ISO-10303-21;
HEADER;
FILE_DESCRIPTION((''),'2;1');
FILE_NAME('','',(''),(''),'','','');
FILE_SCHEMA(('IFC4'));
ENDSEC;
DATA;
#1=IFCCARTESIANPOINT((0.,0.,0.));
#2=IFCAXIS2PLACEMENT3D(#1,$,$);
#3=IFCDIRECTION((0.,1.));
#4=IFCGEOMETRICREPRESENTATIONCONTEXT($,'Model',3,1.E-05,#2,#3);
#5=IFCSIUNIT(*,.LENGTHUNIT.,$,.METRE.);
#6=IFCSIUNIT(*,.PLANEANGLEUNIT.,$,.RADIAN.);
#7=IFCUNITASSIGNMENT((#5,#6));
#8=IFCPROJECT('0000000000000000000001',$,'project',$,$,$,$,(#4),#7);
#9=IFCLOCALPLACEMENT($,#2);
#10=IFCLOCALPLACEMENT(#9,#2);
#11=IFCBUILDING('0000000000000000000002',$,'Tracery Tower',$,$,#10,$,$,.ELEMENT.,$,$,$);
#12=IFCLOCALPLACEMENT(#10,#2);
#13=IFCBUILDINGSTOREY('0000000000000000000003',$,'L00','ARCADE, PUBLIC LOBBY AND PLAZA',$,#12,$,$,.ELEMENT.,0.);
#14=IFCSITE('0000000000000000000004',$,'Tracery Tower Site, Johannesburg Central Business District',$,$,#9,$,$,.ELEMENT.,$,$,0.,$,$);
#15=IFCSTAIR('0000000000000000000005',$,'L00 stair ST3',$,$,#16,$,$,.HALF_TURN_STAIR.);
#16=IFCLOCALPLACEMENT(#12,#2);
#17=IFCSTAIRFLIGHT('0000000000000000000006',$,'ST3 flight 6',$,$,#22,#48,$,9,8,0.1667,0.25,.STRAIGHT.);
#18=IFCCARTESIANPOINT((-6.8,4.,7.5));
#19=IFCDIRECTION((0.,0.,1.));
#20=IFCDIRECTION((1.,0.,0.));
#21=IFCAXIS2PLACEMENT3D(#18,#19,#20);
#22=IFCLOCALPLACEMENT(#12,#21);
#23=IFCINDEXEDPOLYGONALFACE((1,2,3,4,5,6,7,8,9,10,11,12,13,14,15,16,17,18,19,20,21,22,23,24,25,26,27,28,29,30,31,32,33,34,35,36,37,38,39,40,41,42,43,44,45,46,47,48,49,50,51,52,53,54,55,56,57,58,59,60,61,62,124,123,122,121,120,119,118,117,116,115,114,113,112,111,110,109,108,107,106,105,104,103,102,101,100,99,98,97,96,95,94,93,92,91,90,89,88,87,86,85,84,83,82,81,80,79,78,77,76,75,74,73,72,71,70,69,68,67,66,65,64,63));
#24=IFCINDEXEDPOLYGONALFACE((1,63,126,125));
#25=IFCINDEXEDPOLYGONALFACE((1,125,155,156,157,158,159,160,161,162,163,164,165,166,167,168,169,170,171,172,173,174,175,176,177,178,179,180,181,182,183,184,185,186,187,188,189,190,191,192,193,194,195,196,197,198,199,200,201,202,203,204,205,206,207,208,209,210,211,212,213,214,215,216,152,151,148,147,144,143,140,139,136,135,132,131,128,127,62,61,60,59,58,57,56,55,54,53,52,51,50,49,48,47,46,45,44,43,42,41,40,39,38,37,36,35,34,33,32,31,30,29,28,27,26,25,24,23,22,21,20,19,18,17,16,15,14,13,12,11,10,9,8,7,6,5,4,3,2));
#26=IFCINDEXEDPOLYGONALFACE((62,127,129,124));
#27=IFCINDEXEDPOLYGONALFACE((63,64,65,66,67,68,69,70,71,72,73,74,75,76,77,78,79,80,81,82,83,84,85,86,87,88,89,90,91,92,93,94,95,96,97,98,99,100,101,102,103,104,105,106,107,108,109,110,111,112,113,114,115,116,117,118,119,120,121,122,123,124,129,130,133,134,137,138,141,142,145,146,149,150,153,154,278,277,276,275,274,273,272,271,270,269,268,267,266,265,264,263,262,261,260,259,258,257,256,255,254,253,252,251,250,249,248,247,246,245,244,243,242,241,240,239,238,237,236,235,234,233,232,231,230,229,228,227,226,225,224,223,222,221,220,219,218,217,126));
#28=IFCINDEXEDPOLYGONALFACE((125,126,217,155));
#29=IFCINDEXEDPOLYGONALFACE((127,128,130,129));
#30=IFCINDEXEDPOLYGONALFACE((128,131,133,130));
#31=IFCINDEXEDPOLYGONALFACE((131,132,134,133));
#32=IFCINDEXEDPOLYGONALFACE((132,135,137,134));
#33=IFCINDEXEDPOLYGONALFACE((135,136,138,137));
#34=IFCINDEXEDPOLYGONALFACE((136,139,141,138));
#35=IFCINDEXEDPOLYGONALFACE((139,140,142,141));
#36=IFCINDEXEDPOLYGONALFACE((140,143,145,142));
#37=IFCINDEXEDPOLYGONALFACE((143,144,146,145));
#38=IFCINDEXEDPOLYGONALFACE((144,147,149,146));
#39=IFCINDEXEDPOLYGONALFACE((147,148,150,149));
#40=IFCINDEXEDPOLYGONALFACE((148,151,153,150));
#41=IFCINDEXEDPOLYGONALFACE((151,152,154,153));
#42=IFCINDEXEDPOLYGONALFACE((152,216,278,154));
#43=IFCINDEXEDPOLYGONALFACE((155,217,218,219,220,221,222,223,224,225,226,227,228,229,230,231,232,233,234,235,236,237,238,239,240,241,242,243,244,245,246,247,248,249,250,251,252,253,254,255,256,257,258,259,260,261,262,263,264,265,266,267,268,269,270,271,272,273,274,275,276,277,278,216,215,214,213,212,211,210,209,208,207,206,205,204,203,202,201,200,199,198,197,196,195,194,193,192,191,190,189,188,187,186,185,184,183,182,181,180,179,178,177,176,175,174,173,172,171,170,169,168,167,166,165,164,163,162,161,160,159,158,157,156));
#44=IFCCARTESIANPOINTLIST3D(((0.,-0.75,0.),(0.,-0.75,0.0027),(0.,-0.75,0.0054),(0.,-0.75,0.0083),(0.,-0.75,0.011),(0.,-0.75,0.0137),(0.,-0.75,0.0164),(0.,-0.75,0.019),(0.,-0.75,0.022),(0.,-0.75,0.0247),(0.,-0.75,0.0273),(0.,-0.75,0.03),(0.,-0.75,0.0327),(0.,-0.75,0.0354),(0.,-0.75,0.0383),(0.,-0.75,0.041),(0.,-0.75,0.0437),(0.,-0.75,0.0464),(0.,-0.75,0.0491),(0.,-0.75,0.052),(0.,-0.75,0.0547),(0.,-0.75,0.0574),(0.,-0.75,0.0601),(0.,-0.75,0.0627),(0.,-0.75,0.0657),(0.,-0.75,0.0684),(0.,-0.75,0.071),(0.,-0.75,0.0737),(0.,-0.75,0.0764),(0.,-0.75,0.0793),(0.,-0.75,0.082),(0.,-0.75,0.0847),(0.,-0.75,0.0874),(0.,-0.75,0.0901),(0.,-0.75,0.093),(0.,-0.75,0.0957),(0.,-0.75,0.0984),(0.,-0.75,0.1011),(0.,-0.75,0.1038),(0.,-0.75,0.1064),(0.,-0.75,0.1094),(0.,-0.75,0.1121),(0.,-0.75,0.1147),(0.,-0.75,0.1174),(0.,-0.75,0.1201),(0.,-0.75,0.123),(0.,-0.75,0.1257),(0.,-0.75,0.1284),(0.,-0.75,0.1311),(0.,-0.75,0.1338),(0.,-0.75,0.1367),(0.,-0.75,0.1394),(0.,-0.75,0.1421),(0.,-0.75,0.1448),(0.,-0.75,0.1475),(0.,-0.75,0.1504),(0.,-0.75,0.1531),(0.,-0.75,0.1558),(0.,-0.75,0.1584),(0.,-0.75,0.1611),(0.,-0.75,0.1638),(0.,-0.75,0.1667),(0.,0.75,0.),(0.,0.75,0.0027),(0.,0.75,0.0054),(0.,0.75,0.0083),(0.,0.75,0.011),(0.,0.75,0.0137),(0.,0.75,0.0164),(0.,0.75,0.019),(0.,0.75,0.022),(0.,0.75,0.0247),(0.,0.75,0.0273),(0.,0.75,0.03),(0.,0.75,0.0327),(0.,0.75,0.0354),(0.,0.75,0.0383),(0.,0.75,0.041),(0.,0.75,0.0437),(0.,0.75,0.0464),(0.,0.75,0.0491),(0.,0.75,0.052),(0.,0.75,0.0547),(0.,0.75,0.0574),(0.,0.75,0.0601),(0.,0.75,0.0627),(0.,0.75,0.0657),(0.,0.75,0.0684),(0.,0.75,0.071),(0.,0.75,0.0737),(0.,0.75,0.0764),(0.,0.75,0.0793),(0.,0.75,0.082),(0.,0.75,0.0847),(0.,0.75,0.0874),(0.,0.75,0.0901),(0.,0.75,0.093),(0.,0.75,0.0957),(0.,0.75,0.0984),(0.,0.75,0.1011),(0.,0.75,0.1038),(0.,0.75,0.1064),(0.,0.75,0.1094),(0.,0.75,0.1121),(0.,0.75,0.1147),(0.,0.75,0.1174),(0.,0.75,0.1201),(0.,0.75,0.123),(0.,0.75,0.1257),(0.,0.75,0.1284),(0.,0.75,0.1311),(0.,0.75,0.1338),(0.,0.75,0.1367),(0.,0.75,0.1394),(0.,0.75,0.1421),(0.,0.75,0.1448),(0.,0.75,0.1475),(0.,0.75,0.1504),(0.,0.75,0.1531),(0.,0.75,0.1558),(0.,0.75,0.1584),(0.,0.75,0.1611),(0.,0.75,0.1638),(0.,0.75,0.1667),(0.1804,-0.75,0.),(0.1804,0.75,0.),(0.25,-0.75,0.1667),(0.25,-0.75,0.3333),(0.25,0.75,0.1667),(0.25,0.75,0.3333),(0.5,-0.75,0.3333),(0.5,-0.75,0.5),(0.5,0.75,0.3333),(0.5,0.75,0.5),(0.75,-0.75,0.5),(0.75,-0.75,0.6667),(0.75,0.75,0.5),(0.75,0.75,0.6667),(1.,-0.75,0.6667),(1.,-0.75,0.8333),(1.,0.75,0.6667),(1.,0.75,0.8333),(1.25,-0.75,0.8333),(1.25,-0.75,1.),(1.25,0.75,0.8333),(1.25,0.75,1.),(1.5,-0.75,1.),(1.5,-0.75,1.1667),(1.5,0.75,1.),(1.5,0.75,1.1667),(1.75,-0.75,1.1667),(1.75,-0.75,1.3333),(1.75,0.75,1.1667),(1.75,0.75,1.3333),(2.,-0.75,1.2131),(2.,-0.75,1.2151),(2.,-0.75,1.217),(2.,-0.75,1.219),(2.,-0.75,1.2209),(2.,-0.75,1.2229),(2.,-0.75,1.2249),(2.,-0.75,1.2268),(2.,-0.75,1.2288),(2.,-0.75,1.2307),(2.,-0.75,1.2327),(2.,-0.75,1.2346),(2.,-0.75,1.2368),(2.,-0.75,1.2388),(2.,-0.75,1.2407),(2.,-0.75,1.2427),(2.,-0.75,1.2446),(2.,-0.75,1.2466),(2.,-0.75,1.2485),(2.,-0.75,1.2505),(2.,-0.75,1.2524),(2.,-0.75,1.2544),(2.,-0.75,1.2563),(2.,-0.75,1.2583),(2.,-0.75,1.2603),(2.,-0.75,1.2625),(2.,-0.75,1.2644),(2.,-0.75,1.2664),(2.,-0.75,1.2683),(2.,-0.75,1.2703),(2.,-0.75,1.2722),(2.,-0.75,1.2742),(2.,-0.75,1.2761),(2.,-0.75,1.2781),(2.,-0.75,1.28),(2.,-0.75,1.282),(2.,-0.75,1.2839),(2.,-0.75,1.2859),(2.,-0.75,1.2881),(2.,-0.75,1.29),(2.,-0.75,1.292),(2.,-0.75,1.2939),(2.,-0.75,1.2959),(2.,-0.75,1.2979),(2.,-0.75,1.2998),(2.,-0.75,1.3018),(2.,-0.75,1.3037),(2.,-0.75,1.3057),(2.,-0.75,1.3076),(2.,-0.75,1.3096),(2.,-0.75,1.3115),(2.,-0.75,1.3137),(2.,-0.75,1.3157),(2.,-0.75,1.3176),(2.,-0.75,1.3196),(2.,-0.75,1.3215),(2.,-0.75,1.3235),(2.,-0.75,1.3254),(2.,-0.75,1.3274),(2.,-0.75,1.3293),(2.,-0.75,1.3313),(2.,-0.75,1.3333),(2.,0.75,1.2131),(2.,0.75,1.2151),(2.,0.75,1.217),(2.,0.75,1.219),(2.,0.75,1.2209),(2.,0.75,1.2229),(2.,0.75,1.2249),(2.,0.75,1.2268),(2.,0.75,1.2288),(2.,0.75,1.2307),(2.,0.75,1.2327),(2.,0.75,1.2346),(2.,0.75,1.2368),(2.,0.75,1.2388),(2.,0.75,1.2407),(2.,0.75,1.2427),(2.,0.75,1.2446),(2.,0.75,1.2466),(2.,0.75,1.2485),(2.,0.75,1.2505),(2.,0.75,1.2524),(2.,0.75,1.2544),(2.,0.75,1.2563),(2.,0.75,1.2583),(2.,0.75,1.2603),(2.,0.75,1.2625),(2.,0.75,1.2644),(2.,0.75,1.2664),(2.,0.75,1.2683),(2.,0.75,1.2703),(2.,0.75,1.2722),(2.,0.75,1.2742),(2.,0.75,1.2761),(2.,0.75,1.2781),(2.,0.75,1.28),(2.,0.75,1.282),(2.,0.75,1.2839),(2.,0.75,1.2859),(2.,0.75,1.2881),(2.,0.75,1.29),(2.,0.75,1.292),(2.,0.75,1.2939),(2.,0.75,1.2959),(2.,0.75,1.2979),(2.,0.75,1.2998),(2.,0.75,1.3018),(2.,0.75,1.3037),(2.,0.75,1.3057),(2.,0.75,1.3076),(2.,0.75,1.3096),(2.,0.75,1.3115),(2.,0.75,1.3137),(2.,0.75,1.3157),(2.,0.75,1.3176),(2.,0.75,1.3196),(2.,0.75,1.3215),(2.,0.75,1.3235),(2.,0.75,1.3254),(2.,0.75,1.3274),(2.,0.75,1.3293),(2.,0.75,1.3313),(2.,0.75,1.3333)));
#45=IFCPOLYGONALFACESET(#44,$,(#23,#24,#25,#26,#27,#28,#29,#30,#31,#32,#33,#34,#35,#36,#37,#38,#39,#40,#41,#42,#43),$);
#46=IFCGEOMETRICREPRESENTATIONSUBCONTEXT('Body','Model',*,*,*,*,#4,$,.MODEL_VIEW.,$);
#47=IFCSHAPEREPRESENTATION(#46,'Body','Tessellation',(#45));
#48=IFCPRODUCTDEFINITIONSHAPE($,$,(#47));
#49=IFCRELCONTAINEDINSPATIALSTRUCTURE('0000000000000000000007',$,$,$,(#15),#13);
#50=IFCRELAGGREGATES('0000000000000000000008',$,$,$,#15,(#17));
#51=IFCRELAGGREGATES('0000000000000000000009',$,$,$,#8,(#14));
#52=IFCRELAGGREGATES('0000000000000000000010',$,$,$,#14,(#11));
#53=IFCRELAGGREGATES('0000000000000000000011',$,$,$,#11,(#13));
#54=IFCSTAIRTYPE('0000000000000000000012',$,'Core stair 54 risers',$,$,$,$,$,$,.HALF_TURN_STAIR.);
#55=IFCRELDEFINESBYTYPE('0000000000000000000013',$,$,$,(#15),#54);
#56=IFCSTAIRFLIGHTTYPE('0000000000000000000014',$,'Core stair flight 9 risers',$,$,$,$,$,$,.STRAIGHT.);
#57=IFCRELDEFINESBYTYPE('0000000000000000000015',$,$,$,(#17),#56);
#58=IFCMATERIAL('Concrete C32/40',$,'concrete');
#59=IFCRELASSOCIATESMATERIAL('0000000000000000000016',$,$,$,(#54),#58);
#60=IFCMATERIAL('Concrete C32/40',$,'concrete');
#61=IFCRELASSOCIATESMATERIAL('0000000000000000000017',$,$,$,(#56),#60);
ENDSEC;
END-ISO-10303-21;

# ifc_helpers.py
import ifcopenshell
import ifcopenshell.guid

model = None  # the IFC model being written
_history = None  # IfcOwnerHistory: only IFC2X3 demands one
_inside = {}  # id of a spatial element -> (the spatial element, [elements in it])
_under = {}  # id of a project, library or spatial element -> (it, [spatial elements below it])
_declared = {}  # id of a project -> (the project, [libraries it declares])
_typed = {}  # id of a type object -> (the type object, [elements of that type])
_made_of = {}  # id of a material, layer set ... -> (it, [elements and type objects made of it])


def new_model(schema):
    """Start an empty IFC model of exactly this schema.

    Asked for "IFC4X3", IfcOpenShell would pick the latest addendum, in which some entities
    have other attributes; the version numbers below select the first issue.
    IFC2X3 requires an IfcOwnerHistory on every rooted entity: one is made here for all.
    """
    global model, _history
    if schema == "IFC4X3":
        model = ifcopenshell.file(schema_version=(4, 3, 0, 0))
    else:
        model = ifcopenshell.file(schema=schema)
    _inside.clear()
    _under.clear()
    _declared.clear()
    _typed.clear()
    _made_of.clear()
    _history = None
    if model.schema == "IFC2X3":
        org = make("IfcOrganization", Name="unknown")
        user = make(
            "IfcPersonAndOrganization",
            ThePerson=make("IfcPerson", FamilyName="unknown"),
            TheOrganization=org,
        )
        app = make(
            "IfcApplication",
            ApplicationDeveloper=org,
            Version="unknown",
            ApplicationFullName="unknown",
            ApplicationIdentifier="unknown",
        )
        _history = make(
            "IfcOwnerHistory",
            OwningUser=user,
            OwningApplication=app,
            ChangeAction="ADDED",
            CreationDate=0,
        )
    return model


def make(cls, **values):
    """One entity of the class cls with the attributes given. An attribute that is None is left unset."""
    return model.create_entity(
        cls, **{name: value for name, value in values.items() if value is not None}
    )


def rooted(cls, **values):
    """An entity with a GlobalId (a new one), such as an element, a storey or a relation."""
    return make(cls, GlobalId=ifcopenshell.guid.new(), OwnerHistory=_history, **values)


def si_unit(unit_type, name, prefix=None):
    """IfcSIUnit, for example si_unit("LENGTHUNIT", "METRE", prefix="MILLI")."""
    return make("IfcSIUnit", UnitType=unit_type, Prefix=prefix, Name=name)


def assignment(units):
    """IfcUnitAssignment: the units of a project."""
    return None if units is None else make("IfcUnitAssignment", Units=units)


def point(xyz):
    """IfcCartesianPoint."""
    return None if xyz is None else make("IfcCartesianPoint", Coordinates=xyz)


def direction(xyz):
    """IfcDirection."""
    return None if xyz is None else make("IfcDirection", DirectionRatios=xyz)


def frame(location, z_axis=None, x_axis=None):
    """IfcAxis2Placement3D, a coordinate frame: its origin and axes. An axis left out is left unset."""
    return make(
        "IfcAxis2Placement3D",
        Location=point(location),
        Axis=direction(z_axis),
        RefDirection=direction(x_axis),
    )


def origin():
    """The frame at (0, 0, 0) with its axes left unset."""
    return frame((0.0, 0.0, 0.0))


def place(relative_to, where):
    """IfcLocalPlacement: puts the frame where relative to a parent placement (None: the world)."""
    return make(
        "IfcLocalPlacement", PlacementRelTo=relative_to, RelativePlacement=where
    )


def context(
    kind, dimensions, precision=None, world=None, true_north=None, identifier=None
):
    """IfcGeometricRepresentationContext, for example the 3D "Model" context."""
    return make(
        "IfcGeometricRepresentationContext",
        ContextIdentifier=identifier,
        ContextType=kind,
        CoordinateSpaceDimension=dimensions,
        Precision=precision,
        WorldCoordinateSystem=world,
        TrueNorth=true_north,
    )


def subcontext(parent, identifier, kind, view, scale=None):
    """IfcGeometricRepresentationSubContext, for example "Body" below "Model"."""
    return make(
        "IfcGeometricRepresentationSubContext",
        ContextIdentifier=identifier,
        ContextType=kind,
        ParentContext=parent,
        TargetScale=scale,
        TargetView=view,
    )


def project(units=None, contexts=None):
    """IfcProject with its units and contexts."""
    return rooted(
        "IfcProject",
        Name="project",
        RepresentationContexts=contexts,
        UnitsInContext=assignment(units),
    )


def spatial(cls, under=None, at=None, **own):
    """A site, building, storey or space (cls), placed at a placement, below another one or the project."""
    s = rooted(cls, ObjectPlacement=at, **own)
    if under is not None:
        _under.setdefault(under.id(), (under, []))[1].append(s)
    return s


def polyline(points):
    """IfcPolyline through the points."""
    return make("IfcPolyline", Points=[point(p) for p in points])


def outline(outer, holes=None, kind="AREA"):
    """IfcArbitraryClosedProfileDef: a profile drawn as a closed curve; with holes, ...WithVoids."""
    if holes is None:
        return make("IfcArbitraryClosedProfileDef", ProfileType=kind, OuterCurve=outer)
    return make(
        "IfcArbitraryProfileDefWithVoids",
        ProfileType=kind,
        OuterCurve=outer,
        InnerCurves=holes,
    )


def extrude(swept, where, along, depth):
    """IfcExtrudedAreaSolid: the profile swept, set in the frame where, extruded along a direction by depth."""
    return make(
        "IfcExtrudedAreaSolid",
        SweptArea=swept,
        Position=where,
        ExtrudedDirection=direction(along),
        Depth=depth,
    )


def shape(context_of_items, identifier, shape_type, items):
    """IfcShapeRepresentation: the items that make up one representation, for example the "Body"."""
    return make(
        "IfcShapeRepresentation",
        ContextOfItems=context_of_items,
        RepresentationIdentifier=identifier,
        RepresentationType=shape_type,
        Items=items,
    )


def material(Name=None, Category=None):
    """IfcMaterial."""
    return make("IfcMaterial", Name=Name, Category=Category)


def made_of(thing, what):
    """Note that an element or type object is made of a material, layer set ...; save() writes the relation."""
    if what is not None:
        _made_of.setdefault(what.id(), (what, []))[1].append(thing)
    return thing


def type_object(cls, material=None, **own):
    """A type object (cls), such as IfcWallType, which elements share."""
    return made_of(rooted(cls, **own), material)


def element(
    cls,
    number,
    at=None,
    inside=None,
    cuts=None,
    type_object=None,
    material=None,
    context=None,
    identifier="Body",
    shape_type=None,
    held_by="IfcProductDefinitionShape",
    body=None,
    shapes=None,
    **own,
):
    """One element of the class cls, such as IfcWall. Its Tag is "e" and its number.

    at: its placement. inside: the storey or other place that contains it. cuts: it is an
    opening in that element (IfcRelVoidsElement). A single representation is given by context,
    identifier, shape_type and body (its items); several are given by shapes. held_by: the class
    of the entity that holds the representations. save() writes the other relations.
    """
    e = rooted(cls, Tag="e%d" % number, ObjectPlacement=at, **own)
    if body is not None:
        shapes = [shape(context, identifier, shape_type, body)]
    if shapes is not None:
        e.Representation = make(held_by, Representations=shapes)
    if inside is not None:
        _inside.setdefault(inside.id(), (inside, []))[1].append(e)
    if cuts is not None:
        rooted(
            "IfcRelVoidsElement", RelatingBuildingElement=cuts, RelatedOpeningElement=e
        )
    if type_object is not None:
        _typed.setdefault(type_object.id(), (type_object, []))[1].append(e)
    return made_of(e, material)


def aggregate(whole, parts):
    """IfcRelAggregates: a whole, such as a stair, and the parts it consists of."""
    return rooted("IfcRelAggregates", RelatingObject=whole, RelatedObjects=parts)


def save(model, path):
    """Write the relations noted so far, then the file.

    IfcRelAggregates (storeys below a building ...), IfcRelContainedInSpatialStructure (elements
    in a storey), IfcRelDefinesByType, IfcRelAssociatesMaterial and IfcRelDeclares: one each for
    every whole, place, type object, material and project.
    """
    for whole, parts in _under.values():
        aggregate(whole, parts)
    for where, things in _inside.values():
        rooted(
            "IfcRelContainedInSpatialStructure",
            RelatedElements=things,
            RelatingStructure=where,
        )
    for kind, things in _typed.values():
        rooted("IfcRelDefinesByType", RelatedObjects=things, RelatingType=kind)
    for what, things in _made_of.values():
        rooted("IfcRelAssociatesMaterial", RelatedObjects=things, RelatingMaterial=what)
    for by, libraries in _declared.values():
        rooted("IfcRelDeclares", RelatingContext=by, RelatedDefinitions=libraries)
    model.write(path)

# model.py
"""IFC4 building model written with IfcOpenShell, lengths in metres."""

from ifc_helpers import new_model, si_unit, direction, frame, origin, place, context, subcontext, project, spatial, polyline, outline, extrude, material, type_object, element, aggregate, save


model = new_model("IFC4")

# Units and contexts
model_context = context("Model", 3, precision=1e-05, world=origin(), true_north=direction((0.0, 1.0)))
body_context = subcontext(model_context, "Body", "Model", "MODEL_VIEW")
ifc_project = project(units=[si_unit("LENGTHUNIT", "METRE"), si_unit("PLANEANGLEUNIT", "RADIAN")], contexts=[model_context])

# Site, building, storey
site_placement = place(None, origin())
site = spatial("IfcSite", under=ifc_project, at=site_placement, Name="Tracery Tower Site, Johannesburg Central Business District", CompositionType="ELEMENT", RefElevation=0.0)
building_placement = place(site_placement, origin())
building = spatial("IfcBuilding", under=site, at=building_placement, Name="Tracery Tower", CompositionType="ELEMENT")
storey_placement = place(building_placement, origin())
storey = spatial("IfcBuildingStorey", under=building, at=storey_placement, Name="L00", Description="ARCADE, PUBLIC LOBBY AND PLAZA", CompositionType="ELEMENT", Elevation=0.0)

# Stair, stair flight
ifc_material_1 = material(Name="Concrete C32/40", Category="concrete")
stair_type = type_object("IfcStairType", Name="Core stair 54 risers", PredefinedType="HALF_TURN_STAIR", material=ifc_material_1)
stair_placement = place(storey_placement, origin())
stair = element("IfcStair", 1, at=stair_placement, inside=storey, type_object=stair_type, Name="L00 stair ST3", PredefinedType="HALF_TURN_STAIR")
ifc_material_2 = material(Name="Concrete C32/40", Category="concrete")
stair_flight_type = type_object("IfcStairFlightType", Name="Core stair flight 9 risers", PredefinedType="STRAIGHT", material=ifc_material_2)
stair_flight_1_placement = place(storey_placement, frame((-6.8, 4.0, 7.5), z_axis=(0.0, 0.0, 1.0), x_axis=(1.0, 0.0, 0.0)))
stair_flight_1 = element("IfcStairFlight", 2, at=stair_flight_1_placement, type_object=stair_flight_type, Name="ST3 flight 6", NumberOfRisers=9, NumberOfTreads=8, PredefinedType="STRAIGHT", RiserHeight=0.1667, TreadLength=0.25, context=body_context, shape_type="SweptSolid", body=[
    extrude(outline(polyline([(0.0, 0.0), (0.0, 0.0027), (0.0, 0.0054), (0.0, 0.0083), (0.0, 0.011), (0.0, 0.0137), (0.0, 0.0164), (0.0, 0.019), (0.0, 0.022), (0.0, 0.0247), (0.0, 0.0273), (0.0, 0.03), (0.0, 0.0327), (0.0, 0.0354), (0.0, 0.0383), (0.0, 0.041), (0.0, 0.0437), (0.0, 0.0464), (0.0, 0.0491), (0.0, 0.052), (0.0, 0.0547), (0.0, 0.0574), (0.0, 0.0601), (0.0, 0.0627), (0.0, 0.0657), (0.0, 0.0684), (0.0, 0.071), (0.0, 0.0737), (0.0, 0.0764), (0.0, 0.0793), (0.0, 0.082), (0.0, 0.0847), (0.0, 0.0874), (0.0, 0.0901), (0.0, 0.093), (0.0, 0.0957), (0.0, 0.0984), (0.0, 0.1011), (0.0, 0.1038), (0.0, 0.1064), (0.0, 0.1094), (0.0, 0.1121), (0.0, 0.1147), (0.0, 0.1174), (0.0, 0.1201), (0.0, 0.123), (0.0, 0.1257), (0.0, 0.1284), (0.0, 0.1311), (0.0, 0.1338), (0.0, 0.1367), (0.0, 0.1394), (0.0, 0.1421), (0.0, 0.1448), (0.0, 0.1475), (0.0, 0.1504), (0.0, 0.1531), (0.0, 0.1558), (0.0, 0.1584), (0.0, 0.1611), (0.0, 0.1638), (0.0, 0.1667), (0.25, 0.1667), (0.25, 0.3333), (0.5, 0.3333), (0.5, 0.5), (0.75, 0.5), (0.75, 0.6667), (1.0, 0.6667), (1.0, 0.8333), (1.25, 0.8333), (1.25, 1.0), (1.5, 1.0), (1.5, 1.1667), (1.75, 1.1667), (1.75, 1.3333), (2.0, 1.3333), (2.0, 1.3313), (2.0, 1.3293), (2.0, 1.3274), (2.0, 1.3254), (2.0, 1.3235), (2.0, 1.3215), (2.0, 1.3196), (2.0, 1.3176), (2.0, 1.3157), (2.0, 1.3137), (2.0, 1.3115), (2.0, 1.3096), (2.0, 1.3076), (2.0, 1.3057), (2.0, 1.3037), (2.0, 1.3018), (2.0, 1.2998), (2.0, 1.2979), (2.0, 1.2959), (2.0, 1.2939), (2.0, 1.292), (2.0, 1.29), (2.0, 1.2881), (2.0, 1.2859), (2.0, 1.2839), (2.0, 1.282), (2.0, 1.28), (2.0, 1.2781), (2.0, 1.2761), (2.0, 1.2742), (2.0, 1.2722), (2.0, 1.2703), (2.0, 1.2683), (2.0, 1.2664), (2.0, 1.2644), (2.0, 1.2625), (2.0, 1.2603), (2.0, 1.2583), (2.0, 1.2563), (2.0, 1.2544), (2.0, 1.2524), (2.0, 1.2505), (2.0, 1.2485), (2.0, 1.2466), (2.0, 1.2446), (2.0, 1.2427), (2.0, 1.2407), (2.0, 1.2388), (2.0, 1.2368), (2.0, 1.2346), (2.0, 1.2327), (2.0, 1.2307), (2.0, 1.2288), (2.0, 1.2268), (2.0, 1.2249), (2.0, 1.2229), (2.0, 1.2209), (2.0, 1.219), (2.0, 1.217), (2.0, 1.2151), (2.0, 1.2131), (0.1804, 0.0), (0.0, 0.0)])), frame((0.0, 0.75, 0.0), z_axis=(0.0, -1.0, 0.0), x_axis=(1.0, 0.0, 0.0)), (0.0, 0.0, 1.0), 1.5),
])
aggregate(stair, [stair_flight_1])

save(model, "model.ifc")
